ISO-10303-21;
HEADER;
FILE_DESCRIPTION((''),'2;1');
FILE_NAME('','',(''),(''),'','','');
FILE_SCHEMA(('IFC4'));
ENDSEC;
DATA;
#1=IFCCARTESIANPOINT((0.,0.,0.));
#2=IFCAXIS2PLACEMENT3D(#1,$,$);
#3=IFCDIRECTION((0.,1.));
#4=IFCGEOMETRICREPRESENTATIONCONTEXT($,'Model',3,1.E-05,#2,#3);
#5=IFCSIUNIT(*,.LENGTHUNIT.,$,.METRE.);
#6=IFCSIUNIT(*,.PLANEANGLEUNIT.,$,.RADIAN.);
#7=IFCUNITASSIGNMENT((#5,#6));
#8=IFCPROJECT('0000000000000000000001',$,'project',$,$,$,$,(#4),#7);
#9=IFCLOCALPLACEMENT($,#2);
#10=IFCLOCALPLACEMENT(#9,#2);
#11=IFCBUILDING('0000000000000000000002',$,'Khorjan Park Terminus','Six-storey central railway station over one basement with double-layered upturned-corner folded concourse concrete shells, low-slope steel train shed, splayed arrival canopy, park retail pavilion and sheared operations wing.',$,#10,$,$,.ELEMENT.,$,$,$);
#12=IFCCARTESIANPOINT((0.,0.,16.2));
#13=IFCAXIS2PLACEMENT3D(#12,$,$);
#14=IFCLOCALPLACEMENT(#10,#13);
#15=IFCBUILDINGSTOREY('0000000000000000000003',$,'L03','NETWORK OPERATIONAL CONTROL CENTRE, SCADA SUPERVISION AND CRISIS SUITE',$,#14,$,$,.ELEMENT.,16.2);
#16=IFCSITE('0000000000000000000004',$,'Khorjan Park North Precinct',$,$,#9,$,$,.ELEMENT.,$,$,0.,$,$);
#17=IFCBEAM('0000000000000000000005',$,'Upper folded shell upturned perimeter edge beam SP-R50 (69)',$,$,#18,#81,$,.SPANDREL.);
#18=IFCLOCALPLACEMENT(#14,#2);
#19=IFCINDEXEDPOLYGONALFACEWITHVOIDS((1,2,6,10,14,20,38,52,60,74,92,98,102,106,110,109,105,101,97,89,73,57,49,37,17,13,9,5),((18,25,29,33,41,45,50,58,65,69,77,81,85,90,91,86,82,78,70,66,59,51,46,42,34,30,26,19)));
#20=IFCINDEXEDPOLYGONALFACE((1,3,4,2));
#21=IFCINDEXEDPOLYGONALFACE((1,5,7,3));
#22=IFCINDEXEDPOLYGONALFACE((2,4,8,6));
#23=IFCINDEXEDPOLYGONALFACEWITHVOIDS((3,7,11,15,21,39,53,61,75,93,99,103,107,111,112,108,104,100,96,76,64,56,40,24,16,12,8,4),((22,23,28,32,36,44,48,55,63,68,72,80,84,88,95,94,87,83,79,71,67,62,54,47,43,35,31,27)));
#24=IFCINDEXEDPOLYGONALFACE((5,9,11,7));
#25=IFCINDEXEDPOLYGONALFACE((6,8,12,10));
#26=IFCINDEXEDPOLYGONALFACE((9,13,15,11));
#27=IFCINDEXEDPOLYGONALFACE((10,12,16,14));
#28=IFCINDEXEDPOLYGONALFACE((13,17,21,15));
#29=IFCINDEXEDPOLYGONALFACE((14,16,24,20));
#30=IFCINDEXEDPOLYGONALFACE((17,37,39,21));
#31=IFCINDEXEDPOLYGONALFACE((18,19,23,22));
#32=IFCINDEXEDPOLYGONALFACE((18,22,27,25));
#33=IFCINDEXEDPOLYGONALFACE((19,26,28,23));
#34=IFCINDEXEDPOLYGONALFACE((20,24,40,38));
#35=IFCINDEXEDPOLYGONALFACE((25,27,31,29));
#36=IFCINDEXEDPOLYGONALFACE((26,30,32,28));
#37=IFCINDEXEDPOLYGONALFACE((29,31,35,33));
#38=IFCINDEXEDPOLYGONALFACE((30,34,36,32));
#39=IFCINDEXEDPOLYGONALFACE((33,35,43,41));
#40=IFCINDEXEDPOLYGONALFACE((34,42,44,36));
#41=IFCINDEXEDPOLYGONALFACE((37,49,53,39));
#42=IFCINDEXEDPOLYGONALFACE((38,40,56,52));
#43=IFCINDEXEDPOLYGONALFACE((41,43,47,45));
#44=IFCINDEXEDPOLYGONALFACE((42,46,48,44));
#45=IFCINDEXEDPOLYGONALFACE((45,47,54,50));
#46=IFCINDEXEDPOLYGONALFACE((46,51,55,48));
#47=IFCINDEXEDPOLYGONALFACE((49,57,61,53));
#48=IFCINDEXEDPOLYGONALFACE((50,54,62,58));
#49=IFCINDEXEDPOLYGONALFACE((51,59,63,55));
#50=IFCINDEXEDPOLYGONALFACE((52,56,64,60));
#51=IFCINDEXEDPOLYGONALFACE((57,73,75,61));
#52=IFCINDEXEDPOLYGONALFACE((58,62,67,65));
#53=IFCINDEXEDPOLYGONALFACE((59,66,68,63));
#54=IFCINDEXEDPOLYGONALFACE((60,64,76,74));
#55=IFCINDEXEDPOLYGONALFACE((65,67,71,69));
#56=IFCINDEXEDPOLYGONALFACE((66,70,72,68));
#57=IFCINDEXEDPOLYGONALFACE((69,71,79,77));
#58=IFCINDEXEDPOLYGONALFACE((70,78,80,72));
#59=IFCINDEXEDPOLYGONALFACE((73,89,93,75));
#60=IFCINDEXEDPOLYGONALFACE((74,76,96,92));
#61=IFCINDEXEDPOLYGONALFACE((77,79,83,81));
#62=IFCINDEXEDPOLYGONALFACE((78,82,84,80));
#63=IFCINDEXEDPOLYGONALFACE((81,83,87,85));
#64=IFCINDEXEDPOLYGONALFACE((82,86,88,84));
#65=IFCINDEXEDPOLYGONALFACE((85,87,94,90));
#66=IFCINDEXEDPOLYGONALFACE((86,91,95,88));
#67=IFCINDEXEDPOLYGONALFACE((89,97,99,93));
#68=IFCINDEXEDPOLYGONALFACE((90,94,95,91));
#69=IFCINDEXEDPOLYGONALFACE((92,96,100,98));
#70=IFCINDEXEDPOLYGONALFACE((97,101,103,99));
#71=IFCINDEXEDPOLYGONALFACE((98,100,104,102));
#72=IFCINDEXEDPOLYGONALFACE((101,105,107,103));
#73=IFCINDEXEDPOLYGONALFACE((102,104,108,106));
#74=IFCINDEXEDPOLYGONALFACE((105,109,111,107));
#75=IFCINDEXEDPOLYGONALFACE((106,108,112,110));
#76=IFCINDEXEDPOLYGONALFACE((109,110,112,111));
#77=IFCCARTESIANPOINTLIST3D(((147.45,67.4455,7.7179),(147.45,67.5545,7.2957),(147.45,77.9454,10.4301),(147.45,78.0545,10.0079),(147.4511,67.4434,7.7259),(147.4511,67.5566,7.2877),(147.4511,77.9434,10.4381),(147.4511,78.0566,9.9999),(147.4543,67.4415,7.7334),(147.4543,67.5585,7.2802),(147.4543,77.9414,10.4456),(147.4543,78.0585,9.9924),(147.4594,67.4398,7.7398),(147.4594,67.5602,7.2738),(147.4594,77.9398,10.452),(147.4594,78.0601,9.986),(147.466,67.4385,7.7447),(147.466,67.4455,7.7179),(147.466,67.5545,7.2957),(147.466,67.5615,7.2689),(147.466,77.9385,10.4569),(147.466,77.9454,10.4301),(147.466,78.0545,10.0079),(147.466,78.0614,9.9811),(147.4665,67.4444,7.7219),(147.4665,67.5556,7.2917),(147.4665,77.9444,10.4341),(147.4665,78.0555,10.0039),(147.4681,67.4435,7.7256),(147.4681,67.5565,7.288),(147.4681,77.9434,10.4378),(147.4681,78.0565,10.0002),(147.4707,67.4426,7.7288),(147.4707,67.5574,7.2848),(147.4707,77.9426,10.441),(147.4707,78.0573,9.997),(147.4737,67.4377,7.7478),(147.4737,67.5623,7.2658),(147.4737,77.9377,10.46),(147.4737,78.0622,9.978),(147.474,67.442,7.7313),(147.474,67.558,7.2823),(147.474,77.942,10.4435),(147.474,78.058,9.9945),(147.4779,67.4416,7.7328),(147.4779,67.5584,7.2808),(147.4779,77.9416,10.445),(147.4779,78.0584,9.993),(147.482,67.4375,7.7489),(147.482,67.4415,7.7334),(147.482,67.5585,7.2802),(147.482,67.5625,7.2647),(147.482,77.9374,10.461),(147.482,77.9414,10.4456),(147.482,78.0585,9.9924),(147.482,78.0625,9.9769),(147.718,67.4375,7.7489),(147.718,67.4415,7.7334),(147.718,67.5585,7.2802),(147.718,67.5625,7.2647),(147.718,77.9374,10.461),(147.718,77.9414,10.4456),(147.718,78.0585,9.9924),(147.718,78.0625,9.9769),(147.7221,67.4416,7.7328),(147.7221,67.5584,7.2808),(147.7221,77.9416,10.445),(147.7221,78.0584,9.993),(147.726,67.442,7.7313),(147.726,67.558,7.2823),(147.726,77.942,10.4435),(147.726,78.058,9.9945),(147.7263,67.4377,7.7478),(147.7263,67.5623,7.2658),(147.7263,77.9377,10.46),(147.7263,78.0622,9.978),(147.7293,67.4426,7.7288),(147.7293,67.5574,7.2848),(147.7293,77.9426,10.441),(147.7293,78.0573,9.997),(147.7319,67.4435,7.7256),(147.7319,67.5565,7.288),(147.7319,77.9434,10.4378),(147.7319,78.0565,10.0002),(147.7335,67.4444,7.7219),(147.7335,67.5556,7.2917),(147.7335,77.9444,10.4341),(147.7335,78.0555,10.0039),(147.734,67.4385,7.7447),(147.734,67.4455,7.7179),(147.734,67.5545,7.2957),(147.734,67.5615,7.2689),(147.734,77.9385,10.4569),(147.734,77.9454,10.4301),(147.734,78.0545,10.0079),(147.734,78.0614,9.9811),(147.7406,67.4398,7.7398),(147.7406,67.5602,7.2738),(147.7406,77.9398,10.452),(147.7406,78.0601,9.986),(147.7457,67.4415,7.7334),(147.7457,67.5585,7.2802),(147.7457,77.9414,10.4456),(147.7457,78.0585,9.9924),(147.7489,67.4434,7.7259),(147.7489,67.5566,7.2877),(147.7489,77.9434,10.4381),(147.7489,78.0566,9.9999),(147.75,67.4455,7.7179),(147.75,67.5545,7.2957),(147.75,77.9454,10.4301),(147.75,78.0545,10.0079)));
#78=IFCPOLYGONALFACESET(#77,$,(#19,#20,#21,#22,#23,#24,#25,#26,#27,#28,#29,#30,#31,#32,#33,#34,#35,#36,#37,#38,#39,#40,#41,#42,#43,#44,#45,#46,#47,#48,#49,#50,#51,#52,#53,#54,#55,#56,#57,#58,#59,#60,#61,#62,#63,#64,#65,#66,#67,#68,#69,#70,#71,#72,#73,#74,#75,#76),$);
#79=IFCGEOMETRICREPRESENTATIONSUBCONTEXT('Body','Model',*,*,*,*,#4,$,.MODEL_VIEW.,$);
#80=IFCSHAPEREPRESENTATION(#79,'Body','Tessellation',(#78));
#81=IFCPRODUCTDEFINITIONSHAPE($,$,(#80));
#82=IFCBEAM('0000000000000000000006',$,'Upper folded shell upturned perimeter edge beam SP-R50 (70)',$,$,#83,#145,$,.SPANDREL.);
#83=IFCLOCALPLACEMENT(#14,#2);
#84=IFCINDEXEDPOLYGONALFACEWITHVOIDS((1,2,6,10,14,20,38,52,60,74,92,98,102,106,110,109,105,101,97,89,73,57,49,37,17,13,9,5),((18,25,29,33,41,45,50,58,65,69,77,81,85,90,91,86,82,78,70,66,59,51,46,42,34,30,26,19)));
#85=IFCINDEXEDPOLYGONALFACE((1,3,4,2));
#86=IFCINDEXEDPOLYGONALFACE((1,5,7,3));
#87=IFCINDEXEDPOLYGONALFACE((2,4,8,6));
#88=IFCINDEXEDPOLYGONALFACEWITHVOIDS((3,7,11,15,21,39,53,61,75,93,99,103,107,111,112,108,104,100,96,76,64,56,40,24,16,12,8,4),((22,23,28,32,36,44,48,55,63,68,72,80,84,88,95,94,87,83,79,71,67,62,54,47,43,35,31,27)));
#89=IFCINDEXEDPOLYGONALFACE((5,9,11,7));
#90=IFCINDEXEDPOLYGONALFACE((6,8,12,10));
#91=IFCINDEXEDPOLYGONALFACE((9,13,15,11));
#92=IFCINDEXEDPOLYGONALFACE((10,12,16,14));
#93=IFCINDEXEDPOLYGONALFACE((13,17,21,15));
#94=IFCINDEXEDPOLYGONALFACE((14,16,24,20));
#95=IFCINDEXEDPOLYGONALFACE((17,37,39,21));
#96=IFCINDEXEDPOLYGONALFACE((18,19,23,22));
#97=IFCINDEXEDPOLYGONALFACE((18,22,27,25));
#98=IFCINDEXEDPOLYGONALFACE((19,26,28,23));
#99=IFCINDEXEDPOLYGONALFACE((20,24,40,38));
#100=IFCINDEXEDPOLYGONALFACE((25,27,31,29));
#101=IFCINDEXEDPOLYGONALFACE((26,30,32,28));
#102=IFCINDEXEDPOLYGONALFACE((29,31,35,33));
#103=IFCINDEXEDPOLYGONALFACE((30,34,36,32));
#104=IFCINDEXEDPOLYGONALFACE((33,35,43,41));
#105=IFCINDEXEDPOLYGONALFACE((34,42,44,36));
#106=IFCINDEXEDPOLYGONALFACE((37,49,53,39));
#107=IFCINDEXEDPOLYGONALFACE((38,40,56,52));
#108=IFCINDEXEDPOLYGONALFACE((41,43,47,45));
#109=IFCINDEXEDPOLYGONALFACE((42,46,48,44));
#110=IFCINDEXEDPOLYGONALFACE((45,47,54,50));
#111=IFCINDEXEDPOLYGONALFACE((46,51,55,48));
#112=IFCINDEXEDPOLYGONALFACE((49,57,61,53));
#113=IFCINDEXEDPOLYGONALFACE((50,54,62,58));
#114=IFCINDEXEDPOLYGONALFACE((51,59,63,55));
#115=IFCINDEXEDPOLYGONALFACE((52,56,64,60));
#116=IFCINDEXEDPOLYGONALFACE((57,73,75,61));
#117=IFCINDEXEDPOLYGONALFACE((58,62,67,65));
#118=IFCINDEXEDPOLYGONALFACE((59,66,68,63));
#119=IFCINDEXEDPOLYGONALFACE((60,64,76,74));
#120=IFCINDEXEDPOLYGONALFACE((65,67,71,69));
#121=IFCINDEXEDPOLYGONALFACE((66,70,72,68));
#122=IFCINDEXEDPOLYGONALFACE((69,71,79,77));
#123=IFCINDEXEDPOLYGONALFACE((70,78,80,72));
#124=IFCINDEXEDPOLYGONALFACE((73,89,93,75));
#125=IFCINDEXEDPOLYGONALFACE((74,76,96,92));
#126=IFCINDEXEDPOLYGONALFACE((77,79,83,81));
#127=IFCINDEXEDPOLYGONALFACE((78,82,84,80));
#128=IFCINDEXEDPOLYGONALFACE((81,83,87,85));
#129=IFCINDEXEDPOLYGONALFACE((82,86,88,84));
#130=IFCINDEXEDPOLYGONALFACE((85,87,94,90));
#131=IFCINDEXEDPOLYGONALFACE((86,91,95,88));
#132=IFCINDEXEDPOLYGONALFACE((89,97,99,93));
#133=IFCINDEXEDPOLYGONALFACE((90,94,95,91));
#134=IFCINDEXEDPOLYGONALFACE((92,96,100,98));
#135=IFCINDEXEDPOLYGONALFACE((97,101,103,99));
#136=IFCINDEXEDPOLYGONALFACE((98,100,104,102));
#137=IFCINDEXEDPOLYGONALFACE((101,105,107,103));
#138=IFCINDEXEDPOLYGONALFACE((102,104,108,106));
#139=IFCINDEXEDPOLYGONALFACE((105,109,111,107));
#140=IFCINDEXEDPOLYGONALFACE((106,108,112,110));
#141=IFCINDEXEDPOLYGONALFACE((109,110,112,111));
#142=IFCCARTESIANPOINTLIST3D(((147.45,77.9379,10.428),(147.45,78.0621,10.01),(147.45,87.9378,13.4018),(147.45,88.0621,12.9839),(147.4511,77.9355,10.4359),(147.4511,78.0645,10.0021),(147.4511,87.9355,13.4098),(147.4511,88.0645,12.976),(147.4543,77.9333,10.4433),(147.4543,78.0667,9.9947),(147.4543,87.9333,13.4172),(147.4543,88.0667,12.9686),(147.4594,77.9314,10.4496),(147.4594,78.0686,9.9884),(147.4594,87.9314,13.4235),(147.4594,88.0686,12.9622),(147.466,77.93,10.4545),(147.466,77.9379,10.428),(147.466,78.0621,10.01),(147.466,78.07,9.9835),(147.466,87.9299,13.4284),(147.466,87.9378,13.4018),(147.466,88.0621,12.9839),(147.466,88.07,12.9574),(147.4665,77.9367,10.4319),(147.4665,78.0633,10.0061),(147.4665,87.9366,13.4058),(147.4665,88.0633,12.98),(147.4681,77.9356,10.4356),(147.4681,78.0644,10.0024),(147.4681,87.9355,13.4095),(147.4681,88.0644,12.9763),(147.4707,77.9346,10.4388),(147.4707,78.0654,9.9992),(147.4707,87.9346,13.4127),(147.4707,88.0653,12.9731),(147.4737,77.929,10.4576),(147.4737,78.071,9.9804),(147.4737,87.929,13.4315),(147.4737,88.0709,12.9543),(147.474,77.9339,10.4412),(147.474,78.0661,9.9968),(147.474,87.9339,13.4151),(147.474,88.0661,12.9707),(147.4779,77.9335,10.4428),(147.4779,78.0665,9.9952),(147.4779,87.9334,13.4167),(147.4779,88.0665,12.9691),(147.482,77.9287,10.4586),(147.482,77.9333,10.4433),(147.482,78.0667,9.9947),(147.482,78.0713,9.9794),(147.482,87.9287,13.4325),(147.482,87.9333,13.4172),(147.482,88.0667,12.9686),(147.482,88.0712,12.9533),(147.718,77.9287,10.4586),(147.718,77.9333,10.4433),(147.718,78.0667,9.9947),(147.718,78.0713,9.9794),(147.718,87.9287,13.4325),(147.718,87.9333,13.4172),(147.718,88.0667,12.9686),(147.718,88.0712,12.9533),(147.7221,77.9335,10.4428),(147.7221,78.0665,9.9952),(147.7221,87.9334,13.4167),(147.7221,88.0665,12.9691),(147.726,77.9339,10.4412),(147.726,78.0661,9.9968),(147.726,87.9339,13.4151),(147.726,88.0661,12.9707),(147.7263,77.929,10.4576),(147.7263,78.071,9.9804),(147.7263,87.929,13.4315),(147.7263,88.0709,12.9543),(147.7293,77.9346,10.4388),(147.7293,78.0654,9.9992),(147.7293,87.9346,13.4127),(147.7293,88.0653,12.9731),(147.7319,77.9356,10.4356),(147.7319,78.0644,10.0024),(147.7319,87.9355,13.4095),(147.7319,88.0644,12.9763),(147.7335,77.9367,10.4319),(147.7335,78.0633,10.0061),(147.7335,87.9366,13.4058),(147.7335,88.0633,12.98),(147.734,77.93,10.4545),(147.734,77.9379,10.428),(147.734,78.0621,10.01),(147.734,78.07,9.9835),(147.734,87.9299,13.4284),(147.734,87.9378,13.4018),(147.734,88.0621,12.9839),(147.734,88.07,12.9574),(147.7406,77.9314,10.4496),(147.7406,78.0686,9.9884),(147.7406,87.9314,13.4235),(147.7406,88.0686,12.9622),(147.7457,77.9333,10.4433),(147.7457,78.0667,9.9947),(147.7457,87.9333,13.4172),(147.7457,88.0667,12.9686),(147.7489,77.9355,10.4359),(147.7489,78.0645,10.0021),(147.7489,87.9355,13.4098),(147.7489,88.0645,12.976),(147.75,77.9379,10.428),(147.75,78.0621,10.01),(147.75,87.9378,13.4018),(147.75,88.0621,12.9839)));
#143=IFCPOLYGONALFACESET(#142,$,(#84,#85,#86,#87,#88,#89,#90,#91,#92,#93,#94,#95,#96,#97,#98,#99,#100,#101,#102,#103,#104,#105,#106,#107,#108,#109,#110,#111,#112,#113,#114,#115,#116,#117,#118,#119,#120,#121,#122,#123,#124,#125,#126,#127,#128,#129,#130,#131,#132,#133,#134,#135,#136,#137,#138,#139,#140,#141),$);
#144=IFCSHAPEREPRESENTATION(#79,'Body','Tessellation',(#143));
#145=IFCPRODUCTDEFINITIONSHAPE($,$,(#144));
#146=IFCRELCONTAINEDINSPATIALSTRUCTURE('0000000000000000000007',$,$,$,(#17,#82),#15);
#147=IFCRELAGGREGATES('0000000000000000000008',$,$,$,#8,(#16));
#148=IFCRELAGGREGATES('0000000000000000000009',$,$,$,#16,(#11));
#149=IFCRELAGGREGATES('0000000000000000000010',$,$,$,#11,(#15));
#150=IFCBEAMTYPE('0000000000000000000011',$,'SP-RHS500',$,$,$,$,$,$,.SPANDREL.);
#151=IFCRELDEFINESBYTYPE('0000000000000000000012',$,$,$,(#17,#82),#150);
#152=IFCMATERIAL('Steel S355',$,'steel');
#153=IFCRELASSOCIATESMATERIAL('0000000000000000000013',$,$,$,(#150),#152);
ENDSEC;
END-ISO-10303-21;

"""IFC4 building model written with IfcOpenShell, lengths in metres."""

from ifc_helpers import new_model, si_unit, direction, frame, origin, origin_2d, place, context, subcontext, project, spatial, hollow_rectangle, extrude, material, material_profile, profile_set, type_object, element, save


model = new_model("IFC4")

# Units and contexts
model_context = context("Model", 3, precision=1e-05, world=origin(), true_north=direction((0.0, 1.0)))
body_context = subcontext(model_context, "Body", "Model", "MODEL_VIEW")
ifc_project = project(units=[si_unit("LENGTHUNIT", "METRE"), si_unit("PLANEANGLEUNIT", "RADIAN")], contexts=[model_context])

# Site, building, storey
site_placement = place(None, origin())
site = spatial("IfcSite", under=ifc_project, at=site_placement, Name="Khorjan Park North Precinct", CompositionType="ELEMENT", RefElevation=0.0)
building_placement = place(site_placement, origin())
building = spatial("IfcBuilding", under=site, at=building_placement, Name="Khorjan Park Terminus", Description="Six-storey central railway station over one basement with double-layered upturned-corner folded concourse concrete shells, low-slope steel train shed, splayed arrival canopy, park retail pavilion and sheared operations wing.", CompositionType="ELEMENT")
storey_placement = place(building_placement, frame((0.0, 0.0, 16.2)))
storey = spatial("IfcBuildingStorey", under=building, at=storey_placement, Name="L03", Description="NETWORK OPERATIONAL CONTROL CENTRE, SCADA SUPERVISION AND CRISIS SUITE", CompositionType="ELEMENT", Elevation=16.2)

# Shared definitions
ifc_material_1 = material(Name="Steel S355", Category="steel")

# Beams
ifc_material_profile_1 = material_profile(ifc_material_1, hollow_rectangle(XDim=0.3, YDim=0.5, WallThickness=0.016, InnerFilletRadius=0.016, OuterFilletRadius=0.032, at=origin_2d()), Name="RHS 500x300x16")
ifc_profile_set_1 = profile_set([ifc_material_profile_1], Name="Steel S355")
beam_type_1 = type_object("IfcBeamType", Name="SP-RHS500", PredefinedType="SPANDREL", material=ifc_profile_set_1)
beam_1_placement = place(storey_placement, frame((147.6, 67.5, 7.5068), z_axis=(0.0, 0.968221, 0.250096), x_axis=(-1.0, 0.0, 0.0)))
element("IfcBeam", 1, at=beam_1_placement, inside=storey, type_object=beam_type_1, Name="Upper folded shell upturned perimeter edge beam SP-R50 (69)", PredefinedType="SPANDREL", context=body_context, shape_type="SweptSolid", body=[
    extrude(hollow_rectangle(XDim=0.3, YDim=0.5, WallThickness=0.016, InnerFilletRadius=0.016, OuterFilletRadius=0.032, at=origin_2d()), origin(), (0.0, 0.0, 1.0), 10.8446),
])
beam_2_placement = place(storey_placement, frame((147.6, 78.0, 10.219), z_axis=(0.0, 0.958512, 0.285052), x_axis=(-1.0, 0.0, 0.0)))
element("IfcBeam", 2, at=beam_2_placement, inside=storey, type_object=beam_type_1, Name="Upper folded shell upturned perimeter edge beam SP-R50 (70)", PredefinedType="SPANDREL", context=body_context, shape_type="SweptSolid", body=[
    extrude(hollow_rectangle(XDim=0.3, YDim=0.5, WallThickness=0.016, InnerFilletRadius=0.016, OuterFilletRadius=0.032, at=origin_2d()), origin(), (0.0, 0.0, 1.0), 10.4328),
])

save(model, "model.ifc")
